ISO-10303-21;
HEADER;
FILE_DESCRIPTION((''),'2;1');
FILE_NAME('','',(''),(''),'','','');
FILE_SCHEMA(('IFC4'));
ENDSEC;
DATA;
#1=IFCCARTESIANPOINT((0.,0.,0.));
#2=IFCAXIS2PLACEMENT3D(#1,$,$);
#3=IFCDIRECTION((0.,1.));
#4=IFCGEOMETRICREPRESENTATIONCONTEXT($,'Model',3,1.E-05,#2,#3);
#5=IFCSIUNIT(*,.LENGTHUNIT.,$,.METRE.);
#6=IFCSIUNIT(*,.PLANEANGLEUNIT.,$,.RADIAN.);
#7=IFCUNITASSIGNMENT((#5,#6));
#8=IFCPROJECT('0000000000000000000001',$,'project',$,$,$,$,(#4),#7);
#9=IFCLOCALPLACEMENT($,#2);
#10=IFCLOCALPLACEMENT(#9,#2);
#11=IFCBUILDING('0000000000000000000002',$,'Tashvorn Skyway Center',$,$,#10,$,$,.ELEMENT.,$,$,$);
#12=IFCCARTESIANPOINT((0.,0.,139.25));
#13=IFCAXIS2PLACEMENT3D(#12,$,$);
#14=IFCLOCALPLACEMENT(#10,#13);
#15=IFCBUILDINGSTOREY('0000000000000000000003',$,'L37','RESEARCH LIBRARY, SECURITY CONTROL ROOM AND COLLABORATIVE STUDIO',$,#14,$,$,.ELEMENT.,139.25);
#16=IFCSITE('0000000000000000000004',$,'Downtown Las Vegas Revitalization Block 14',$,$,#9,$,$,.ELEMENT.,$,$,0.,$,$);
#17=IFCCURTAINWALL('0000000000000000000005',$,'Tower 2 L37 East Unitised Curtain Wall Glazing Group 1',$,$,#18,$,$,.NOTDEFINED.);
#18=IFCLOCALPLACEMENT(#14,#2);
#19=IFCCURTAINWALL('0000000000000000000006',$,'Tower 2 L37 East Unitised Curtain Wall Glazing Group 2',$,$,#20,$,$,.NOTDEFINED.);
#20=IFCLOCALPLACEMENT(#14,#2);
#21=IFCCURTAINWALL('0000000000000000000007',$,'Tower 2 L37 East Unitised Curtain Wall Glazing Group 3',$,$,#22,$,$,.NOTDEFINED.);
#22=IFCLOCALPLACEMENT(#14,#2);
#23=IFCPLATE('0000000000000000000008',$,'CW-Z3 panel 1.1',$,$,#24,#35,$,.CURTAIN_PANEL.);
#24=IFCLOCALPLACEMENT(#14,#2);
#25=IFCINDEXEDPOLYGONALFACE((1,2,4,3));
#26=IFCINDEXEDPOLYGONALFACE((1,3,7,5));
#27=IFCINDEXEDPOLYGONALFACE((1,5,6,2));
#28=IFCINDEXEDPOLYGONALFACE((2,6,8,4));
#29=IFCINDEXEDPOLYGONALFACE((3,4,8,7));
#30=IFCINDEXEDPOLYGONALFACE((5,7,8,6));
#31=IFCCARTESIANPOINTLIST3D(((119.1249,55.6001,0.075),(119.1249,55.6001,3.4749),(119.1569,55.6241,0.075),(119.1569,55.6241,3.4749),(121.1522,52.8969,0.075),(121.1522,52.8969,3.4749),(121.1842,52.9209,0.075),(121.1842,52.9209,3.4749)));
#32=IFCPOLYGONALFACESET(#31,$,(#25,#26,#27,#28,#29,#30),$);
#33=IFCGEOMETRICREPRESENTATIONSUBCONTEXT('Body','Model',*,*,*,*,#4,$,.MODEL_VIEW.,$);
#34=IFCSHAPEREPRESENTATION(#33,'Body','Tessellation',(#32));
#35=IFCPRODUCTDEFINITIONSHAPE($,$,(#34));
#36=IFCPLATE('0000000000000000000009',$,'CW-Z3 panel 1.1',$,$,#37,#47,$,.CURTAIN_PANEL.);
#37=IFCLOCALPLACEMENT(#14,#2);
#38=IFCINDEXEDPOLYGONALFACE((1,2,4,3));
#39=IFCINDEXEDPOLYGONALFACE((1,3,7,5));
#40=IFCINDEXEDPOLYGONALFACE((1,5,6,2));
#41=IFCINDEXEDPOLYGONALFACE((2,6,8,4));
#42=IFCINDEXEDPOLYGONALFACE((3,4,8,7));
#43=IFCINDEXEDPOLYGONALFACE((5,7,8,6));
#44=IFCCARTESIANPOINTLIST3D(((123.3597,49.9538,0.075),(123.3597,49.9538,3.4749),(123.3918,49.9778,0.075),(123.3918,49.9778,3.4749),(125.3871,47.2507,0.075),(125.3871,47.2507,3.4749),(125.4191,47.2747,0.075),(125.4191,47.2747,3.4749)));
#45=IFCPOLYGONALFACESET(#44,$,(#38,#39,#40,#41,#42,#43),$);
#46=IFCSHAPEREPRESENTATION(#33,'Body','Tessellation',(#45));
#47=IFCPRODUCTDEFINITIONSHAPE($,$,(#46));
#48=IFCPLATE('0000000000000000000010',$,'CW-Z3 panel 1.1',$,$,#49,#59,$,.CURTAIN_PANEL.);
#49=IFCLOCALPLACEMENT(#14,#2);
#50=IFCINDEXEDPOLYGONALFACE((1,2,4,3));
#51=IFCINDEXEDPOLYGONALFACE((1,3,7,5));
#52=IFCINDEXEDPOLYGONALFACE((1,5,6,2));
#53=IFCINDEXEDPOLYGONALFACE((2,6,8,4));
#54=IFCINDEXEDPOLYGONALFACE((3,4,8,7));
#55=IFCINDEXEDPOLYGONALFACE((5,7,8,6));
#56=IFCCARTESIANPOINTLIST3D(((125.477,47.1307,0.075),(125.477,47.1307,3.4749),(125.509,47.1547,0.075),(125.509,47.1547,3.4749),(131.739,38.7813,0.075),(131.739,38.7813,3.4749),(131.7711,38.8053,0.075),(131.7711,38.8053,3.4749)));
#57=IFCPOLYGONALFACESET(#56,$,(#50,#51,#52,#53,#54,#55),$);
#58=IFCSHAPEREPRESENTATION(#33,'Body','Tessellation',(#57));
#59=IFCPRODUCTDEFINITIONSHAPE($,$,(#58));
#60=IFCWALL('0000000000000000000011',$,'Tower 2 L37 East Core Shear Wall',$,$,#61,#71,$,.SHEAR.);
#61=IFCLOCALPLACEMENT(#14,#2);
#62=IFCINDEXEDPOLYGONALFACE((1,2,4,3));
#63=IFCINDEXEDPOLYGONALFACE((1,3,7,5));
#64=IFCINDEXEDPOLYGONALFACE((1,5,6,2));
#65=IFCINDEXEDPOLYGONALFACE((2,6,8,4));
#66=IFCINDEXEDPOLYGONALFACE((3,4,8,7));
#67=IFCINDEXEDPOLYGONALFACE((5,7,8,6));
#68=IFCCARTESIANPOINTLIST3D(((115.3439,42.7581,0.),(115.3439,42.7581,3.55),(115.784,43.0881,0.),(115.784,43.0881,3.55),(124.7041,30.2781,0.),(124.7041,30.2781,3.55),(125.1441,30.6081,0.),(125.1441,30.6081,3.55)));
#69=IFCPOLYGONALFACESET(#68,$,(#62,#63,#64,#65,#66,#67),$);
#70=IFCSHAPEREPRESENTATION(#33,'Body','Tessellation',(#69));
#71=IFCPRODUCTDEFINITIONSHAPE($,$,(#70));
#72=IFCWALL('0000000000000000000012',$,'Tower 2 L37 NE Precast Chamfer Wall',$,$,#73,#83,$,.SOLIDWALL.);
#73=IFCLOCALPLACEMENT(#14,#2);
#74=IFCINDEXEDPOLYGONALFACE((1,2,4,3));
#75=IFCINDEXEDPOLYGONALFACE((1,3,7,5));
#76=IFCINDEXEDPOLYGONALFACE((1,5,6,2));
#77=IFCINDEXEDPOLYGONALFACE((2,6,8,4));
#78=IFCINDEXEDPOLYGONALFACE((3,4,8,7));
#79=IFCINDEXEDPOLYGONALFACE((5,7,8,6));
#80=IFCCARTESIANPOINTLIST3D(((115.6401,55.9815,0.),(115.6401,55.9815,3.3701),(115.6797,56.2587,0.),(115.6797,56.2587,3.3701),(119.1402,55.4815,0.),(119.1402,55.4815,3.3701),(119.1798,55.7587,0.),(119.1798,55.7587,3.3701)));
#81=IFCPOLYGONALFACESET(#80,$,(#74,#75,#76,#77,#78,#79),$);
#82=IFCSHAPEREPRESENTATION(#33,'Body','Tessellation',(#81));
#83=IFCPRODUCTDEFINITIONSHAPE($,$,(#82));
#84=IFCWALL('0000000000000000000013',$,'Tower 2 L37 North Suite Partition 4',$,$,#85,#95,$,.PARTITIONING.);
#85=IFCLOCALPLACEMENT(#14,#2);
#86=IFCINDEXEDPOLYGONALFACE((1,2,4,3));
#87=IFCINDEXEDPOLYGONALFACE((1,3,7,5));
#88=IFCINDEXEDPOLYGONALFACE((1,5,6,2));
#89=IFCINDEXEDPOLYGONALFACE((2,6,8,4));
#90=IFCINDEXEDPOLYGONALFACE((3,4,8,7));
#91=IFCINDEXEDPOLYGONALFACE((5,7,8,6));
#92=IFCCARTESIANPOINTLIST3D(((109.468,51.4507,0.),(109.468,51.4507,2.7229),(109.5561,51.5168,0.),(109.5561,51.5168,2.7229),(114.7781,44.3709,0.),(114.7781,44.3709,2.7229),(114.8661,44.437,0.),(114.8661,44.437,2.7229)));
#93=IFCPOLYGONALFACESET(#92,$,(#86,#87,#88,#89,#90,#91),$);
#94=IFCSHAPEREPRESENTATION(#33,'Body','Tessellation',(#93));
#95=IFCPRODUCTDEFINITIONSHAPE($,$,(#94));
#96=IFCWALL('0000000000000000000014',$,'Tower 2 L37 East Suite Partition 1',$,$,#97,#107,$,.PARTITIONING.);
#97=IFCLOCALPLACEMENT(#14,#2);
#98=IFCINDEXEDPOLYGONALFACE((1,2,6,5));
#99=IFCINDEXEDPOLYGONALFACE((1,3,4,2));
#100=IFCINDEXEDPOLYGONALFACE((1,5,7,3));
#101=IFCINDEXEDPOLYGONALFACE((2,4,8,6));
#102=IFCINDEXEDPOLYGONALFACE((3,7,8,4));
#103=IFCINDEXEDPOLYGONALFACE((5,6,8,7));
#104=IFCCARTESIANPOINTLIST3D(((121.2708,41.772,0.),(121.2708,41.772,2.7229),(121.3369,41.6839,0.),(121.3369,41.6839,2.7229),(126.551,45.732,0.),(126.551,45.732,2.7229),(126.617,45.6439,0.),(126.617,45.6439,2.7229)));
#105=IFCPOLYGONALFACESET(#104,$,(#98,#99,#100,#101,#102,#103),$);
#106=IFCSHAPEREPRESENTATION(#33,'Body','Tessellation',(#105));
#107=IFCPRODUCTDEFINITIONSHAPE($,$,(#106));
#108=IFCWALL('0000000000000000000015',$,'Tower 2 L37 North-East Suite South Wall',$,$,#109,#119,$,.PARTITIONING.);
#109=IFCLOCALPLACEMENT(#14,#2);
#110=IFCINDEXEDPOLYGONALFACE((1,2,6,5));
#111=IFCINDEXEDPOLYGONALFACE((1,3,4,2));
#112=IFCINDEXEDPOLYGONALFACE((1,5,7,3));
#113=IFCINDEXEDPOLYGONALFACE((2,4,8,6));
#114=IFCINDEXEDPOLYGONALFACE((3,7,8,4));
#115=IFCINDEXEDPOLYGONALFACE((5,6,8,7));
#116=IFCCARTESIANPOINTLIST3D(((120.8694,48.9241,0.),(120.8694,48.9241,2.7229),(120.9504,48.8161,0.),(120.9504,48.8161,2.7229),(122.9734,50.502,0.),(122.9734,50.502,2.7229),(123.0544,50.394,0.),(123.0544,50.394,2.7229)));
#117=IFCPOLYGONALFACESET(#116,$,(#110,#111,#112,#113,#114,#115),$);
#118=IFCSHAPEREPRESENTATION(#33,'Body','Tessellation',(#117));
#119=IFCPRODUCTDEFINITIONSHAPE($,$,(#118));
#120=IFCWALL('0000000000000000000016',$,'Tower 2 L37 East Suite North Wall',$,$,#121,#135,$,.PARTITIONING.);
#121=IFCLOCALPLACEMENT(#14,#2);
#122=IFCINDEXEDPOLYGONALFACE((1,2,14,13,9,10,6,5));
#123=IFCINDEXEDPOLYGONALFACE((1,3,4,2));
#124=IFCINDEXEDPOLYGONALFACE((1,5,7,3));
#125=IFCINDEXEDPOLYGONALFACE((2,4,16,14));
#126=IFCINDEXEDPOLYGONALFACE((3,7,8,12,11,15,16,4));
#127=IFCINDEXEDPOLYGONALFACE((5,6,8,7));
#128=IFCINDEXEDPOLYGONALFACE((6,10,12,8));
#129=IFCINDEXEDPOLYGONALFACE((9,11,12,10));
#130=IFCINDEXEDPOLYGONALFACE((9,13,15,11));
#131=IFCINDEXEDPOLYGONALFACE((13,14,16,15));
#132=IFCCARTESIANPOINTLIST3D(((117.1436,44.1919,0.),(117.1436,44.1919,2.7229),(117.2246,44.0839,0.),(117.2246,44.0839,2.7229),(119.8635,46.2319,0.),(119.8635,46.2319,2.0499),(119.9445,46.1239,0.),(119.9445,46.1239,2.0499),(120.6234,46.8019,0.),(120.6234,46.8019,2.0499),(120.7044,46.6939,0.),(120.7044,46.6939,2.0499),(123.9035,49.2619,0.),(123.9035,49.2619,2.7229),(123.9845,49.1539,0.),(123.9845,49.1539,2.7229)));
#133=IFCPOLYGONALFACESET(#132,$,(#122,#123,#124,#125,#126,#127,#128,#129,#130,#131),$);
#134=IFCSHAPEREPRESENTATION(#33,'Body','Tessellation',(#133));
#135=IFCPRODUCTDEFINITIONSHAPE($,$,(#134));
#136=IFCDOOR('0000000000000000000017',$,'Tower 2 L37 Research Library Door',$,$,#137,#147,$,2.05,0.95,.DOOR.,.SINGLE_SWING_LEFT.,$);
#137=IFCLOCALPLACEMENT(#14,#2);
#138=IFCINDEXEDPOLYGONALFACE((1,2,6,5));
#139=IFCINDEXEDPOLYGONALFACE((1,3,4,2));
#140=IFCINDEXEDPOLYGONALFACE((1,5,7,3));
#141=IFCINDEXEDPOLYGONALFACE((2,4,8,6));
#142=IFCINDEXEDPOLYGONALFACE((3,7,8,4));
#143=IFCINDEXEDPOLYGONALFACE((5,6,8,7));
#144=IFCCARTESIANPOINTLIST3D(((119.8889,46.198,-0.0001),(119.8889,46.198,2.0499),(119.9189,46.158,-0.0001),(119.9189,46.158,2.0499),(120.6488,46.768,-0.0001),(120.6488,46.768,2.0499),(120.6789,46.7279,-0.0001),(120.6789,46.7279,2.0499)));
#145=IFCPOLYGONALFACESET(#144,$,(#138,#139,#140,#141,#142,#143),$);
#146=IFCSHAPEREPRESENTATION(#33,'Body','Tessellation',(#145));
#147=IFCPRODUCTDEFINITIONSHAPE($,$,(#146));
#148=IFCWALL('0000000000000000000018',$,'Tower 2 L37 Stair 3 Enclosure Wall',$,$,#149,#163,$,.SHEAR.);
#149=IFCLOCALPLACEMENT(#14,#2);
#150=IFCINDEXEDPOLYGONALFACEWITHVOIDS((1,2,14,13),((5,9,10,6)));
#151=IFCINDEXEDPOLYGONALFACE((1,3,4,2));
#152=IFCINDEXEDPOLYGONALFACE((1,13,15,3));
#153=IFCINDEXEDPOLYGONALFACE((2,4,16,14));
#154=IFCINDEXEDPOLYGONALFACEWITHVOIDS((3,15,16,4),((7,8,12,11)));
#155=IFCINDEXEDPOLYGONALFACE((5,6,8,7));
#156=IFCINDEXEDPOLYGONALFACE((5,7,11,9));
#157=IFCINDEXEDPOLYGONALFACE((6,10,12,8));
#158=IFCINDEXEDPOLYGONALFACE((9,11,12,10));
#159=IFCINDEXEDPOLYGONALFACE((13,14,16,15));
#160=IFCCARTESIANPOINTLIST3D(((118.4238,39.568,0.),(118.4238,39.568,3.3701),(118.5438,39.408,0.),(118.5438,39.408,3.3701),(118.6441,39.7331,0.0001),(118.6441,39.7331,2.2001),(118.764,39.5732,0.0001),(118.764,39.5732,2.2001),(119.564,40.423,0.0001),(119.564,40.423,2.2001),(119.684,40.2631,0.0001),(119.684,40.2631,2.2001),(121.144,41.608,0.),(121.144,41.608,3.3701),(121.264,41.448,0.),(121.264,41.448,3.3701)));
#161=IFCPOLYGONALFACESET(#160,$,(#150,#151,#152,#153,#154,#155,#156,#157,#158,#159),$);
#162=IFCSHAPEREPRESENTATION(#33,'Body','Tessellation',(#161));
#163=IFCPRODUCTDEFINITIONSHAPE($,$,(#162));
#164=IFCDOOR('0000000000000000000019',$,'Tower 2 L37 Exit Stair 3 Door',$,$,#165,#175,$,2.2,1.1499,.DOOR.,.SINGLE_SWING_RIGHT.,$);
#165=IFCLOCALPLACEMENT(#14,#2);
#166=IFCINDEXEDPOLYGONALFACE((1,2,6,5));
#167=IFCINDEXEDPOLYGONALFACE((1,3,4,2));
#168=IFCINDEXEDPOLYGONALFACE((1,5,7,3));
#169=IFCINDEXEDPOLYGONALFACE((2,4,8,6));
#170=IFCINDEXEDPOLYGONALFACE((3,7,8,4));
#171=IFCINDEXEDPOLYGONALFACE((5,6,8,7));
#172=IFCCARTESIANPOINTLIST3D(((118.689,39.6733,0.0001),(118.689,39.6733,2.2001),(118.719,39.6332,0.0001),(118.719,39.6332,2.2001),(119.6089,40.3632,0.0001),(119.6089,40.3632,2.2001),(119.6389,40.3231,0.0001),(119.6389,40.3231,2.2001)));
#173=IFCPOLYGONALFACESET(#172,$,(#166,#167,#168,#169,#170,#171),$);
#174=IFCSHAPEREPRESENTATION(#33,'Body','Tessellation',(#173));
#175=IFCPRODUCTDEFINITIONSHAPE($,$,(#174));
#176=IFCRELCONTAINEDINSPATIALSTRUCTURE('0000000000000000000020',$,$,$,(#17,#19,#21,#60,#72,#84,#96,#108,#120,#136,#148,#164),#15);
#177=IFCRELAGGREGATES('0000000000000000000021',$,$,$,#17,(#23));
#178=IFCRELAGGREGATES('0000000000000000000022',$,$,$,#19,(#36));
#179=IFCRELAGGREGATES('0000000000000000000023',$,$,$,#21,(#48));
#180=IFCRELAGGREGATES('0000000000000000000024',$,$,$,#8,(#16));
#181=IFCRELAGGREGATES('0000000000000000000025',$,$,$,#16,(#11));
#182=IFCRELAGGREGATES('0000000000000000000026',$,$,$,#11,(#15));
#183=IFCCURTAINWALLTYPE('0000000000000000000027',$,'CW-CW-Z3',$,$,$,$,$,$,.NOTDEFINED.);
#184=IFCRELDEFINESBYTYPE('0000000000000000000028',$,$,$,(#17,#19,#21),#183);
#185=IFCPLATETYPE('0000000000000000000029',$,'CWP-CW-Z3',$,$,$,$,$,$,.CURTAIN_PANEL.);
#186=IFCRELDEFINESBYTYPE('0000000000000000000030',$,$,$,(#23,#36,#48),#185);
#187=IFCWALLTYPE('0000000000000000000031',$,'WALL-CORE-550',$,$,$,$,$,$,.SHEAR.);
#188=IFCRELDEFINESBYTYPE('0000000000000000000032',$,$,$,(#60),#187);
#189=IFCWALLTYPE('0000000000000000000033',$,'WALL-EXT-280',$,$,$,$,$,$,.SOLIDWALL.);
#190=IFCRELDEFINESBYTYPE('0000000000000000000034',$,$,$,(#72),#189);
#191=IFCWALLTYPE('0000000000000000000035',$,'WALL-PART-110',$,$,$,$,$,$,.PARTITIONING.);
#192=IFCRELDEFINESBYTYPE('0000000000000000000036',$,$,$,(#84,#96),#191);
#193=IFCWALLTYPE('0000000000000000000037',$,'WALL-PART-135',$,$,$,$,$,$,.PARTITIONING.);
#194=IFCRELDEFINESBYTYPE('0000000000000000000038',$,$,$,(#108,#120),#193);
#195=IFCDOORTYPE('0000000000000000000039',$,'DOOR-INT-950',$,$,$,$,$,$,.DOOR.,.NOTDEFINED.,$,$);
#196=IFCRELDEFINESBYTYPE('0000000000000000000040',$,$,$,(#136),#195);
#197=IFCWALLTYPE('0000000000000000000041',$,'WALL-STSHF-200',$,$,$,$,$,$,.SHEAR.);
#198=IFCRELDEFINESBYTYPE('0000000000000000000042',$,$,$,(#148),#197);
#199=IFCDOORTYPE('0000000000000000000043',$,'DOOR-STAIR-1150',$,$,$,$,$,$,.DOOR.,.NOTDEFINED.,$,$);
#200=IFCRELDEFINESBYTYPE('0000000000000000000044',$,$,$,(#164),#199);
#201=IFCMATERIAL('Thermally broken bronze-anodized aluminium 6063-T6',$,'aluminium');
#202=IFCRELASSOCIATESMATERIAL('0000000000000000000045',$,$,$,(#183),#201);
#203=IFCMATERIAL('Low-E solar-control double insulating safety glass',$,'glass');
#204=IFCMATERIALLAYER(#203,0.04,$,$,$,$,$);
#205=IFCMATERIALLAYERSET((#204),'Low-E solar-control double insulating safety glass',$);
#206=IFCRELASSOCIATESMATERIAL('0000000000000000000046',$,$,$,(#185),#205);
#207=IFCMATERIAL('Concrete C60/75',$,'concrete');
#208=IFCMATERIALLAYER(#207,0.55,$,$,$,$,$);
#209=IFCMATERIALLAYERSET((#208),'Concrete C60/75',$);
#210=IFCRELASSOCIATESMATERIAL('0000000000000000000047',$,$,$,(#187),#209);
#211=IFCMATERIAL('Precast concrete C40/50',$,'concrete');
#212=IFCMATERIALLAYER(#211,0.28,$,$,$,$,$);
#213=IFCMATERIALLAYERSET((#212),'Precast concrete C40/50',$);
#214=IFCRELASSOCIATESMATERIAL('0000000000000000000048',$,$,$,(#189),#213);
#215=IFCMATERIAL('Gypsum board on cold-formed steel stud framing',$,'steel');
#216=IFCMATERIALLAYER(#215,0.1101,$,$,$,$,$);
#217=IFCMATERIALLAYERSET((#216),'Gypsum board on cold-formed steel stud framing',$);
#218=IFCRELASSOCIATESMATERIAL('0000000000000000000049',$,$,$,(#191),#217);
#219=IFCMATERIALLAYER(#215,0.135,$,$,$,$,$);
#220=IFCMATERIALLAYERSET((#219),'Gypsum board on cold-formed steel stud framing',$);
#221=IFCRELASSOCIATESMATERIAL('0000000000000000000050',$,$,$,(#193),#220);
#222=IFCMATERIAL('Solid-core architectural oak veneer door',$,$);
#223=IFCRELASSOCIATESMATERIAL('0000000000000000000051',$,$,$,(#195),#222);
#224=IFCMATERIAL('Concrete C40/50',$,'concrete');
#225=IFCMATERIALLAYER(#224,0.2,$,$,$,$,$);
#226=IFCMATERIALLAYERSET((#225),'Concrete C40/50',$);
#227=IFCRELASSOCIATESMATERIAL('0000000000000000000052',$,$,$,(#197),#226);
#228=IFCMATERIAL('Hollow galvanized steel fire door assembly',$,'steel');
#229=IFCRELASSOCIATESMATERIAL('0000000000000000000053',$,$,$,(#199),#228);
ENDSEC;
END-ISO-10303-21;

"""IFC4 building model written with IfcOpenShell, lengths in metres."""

from ifc_helpers import new_model, si_unit, direction, frame, frame_2d, origin, origin_2d, place, context, subcontext, project, spatial, rectangle, extrude, material, layer, layer_set, type_object, element, fill, aggregate, save


model = new_model("IFC4")

# Units and contexts
model_context = context("Model", 3, precision=1e-05, world=origin(), true_north=direction((0.0, 1.0)))
body_context = subcontext(model_context, "Body", "Model", "MODEL_VIEW")
ifc_project = project(units=[si_unit("LENGTHUNIT", "METRE"), si_unit("PLANEANGLEUNIT", "RADIAN")], contexts=[model_context])

# Site, building, storey
site_placement = place(None, origin())
site = spatial("IfcSite", under=ifc_project, at=site_placement, Name="Downtown Las Vegas Revitalization Block 14", CompositionType="ELEMENT", RefElevation=0.0)
building_placement = place(site_placement, origin())
building = spatial("IfcBuilding", under=site, at=building_placement, Name="Tashvorn Skyway Center", CompositionType="ELEMENT")
storey_placement = place(building_placement, frame((0.0, 0.0, 139.25)))
storey = spatial("IfcBuildingStorey", under=building, at=storey_placement, Name="L37", Description="RESEARCH LIBRARY, SECURITY CONTROL ROOM AND COLLABORATIVE STUDIO", CompositionType="ELEMENT", Elevation=139.25)

# Shared definitions
ifc_material_1 = material(Name="Thermally broken bronze-anodized aluminium 6063-T6", Category="aluminium")
curtain_wall_type = type_object("IfcCurtainWallType", Name="CW-CW-Z3", PredefinedType="NOTDEFINED", material=ifc_material_1)

# Curtain walls
curtain_wall_1_placement = place(storey_placement, origin())
curtain_wall_1 = element("IfcCurtainWall", 1, at=curtain_wall_1_placement, inside=storey, type_object=curtain_wall_type, Name="Tower 2 L37 East Unitised Curtain Wall Glazing Group 1", PredefinedType="NOTDEFINED")
curtain_wall_2_placement = place(storey_placement, origin())
curtain_wall_2 = element("IfcCurtainWall", 2, at=curtain_wall_2_placement, inside=storey, type_object=curtain_wall_type, Name="Tower 2 L37 East Unitised Curtain Wall Glazing Group 2", PredefinedType="NOTDEFINED")

# Curtain wall
curtain_wall_3_placement = place(storey_placement, origin())
curtain_wall_3 = element("IfcCurtainWall", 3, at=curtain_wall_3_placement, inside=storey, type_object=curtain_wall_type, Name="Tower 2 L37 East Unitised Curtain Wall Glazing Group 3", PredefinedType="NOTDEFINED")

# Plates
ifc_material_2 = material(Name="Low-E solar-control double insulating safety glass", Category="glass")
ifc_layer_1 = layer(ifc_material_2, 0.04)
ifc_layer_set_1 = layer_set([ifc_layer_1], Name="Low-E solar-control double insulating safety glass")
plate_type = type_object("IfcPlateType", Name="CWP-CW-Z3", PredefinedType="CURTAIN_PANEL", material=ifc_layer_set_1)
plate_1_placement = place(storey_placement, frame((120.1545, 54.2605, 0.075), z_axis=(0.0, 0.0, 1.0), x_axis=(0.599995, -0.800003, 0.0)))
plate_1 = element("IfcPlate", 4, at=plate_1_placement, type_object=plate_type, Name="CW-Z3 panel 1.1", PredefinedType="CURTAIN_PANEL", context=body_context, shape_type="SweptSolid", body=[
    extrude(rectangle(XDim=3.3789, YDim=0.04, at=origin_2d()), origin(), (0.0, 0.0, 1.0), 3.3999),
])
aggregate(curtain_wall_1, [plate_1])
plate_2_placement = place(storey_placement, frame((124.3894, 48.6143, 0.075), z_axis=(0.0, 0.0, 1.0), x_axis=(0.599995, -0.800003, 0.0)))
plate_2 = element("IfcPlate", 5, at=plate_2_placement, type_object=plate_type, Name="CW-Z3 panel 1.1", PredefinedType="CURTAIN_PANEL", context=body_context, shape_type="SweptSolid", body=[
    extrude(rectangle(XDim=3.3789, YDim=0.04, at=origin_2d()), origin(), (0.0, 0.0, 1.0), 3.3999),
])
aggregate(curtain_wall_2, [plate_2])
plate_3_placement = place(storey_placement, frame((128.624, 42.968, 0.075), z_axis=(0.0, 0.0, 1.0), x_axis=(0.599997, -0.800002, 0.0)))
plate_3 = element("IfcPlate", 6, at=plate_3_placement, type_object=plate_type, Name="CW-Z3 panel 1.1", PredefinedType="CURTAIN_PANEL", context=body_context, shape_type="SweptSolid", body=[
    extrude(rectangle(XDim=10.4368, YDim=0.04, at=origin_2d()), origin(), (0.0, 0.0, 1.0), 3.3999),
])
aggregate(curtain_wall_3, [plate_3])

# Walls
ifc_material_3 = material(Name="Concrete C60/75", Category="concrete")
ifc_layer_2 = layer(ifc_material_3, 0.55)
ifc_layer_set_2 = layer_set([ifc_layer_2], Name="Concrete C60/75")
wall_type_1 = type_object("IfcWallType", Name="WALL-CORE-550", PredefinedType="SHEAR", material=ifc_layer_set_2)
wall_1_placement = place(storey_placement, frame((115.564, 42.9231, 0.0), z_axis=(0.0, 0.0, 1.0), x_axis=(0.600005, -0.799996, 0.0)))
element("IfcWall", 7, at=wall_1_placement, inside=storey, type_object=wall_type_1, Name="Tower 2 L37 East Core Shear Wall", PredefinedType="SHEAR", context=body_context, shape_type="SweptSolid", body=[
    extrude(rectangle(XDim=15.6001, YDim=0.55, at=frame_2d((7.8, 0.0))), origin(), (0.0, 0.0, 1.0), 3.55),
])
ifc_material_4 = material(Name="Precast concrete C40/50", Category="concrete")
ifc_layer_3 = layer(ifc_material_4, 0.28)
ifc_layer_set_3 = layer_set([ifc_layer_3], Name="Precast concrete C40/50")
wall_type_2 = type_object("IfcWallType", Name="WALL-EXT-280", PredefinedType="SOLIDWALL", material=ifc_layer_set_3)
wall_2_placement = place(storey_placement, frame((115.6599, 56.1201, 0.0), z_axis=(0.0, 0.0, 1.0), x_axis=(0.989949, -0.141421, 0.0)))
element("IfcWall", 8, at=wall_2_placement, inside=storey, type_object=wall_type_2, Name="Tower 2 L37 NE Precast Chamfer Wall", PredefinedType="SOLIDWALL", context=body_context, shape_type="SweptSolid", body=[
    extrude(rectangle(XDim=3.5356, YDim=0.28, at=frame_2d((1.7678, 0.0))), origin(), (0.0, 0.0, 1.0), 3.3701),
])
ifc_material_5 = material(Name="Gypsum board on cold-formed steel stud framing", Category="steel")
ifc_layer_4 = layer(ifc_material_5, 0.1101)
ifc_layer_set_4 = layer_set([ifc_layer_4], Name="Gypsum board on cold-formed steel stud framing")
wall_type_3 = type_object("IfcWallType", Name="WALL-PART-110", PredefinedType="PARTITIONING", material=ifc_layer_set_4)
wall_3_placement = place(storey_placement, frame((114.822, 44.4041, 0.0), z_axis=(0.0, 0.0, 1.0), x_axis=(-0.600013, 0.79999, 0.0)))
element("IfcWall", 9, at=wall_3_placement, inside=storey, type_object=wall_type_3, Name="Tower 2 L37 North Suite Partition 4", PredefinedType="PARTITIONING", context=body_context, shape_type="SweptSolid", body=[
    extrude(rectangle(XDim=8.8499, YDim=0.1101, at=frame_2d((4.4248, 0.0))), origin(), (0.0, 0.0, 1.0), 2.7229),
])
wall_4_placement = place(storey_placement, frame((126.584, 45.688, 0.0), z_axis=(0.0, 0.0, 1.0), x_axis=(-0.800004, -0.599994, 0.0)))
element("IfcWall", 10, at=wall_4_placement, inside=storey, type_object=wall_type_3, Name="Tower 2 L37 East Suite Partition 1", PredefinedType="PARTITIONING", context=body_context, shape_type="SweptSolid", body=[
    extrude(rectangle(XDim=6.6001, YDim=0.1101, at=frame_2d((3.3, 0.0))), origin(), (0.0, 0.0, 1.0), 2.7229),
])
ifc_layer_5 = layer(ifc_material_5, 0.135)
ifc_layer_set_5 = layer_set([ifc_layer_5], Name="Gypsum board on cold-formed steel stud framing")
wall_type_4 = type_object("IfcWallType", Name="WALL-PART-135", PredefinedType="PARTITIONING", material=ifc_layer_set_5)
wall_5_placement = place(storey_placement, frame((120.9099, 48.8701, 0.0), z_axis=(0.0, 0.0, 1.0), x_axis=(0.800022, 0.59997, 0.0)))
element("IfcWall", 11, at=wall_5_placement, inside=storey, type_object=wall_type_4, Name="Tower 2 L37 North-East Suite South Wall", PredefinedType="PARTITIONING", context=body_context, shape_type="SweptSolid", body=[
    extrude(rectangle(XDim=2.6299, YDim=0.135, at=frame_2d((1.3149, 0.0))), origin(), (0.0, 0.0, 1.0), 2.7229),
])

# Walls, openings, doors
wall_6_placement = place(storey_placement, frame((123.9441, 49.208, 0.0), z_axis=(0.0, 0.0, 1.0), x_axis=(-0.799997, -0.600005, 0.0)))
wall_6 = element("IfcWall", 12, at=wall_6_placement, inside=storey, type_object=wall_type_4, Name="Tower 2 L37 East Suite North Wall", PredefinedType="PARTITIONING", context=body_context, shape_type="SweptSolid", body=[
    extrude(rectangle(XDim=8.45, YDim=0.135, at=frame_2d((4.2251, 0.0))), origin(), (0.0, 0.0, 1.0), 2.7229),
])
opening_1_placement = place(wall_6_placement, frame((4.1001, 0.0, 0.0)))
opening_1 = element("IfcOpeningElement", 13, at=opening_1_placement, cuts=wall_6, PredefinedType="OPENING", context=body_context, shape_type="SweptSolid", body=[
    extrude(rectangle(XDim=0.95, YDim=2.05, at=frame_2d((0.4751, 1.0249))), frame((0.0, 0.0774, 0.0), z_axis=(0.0, -1.0, 0.0), x_axis=(1.0, 0.0, 0.0)), (0.0, 0.0, 1.0), 0.155),
])
ifc_material_6 = material(Name="Solid-core architectural oak veneer door")
door_type_1 = type_object("IfcDoorType", Name="DOOR-INT-950", OperationType="NOTDEFINED", PredefinedType="DOOR", material=ifc_material_6)
door_1_placement = place(opening_1_placement, origin())
door_1 = element("IfcDoor", 14, at=door_1_placement, inside=storey, type_object=door_type_1, Name="Tower 2 L37 Research Library Door", OperationType="SINGLE_SWING_LEFT", OverallHeight=2.05, OverallWidth=0.95, PredefinedType="DOOR", context=body_context, shape_type="SweptSolid", body=[
    extrude(rectangle(XDim=0.95, YDim=2.05, at=frame_2d((0.4751, 1.0249))), frame((0.0, 0.0249, 0.0), z_axis=(0.0, -1.0, 0.0), x_axis=(1.0, 0.0, 0.0)), (0.0, 0.0, 1.0), 0.05),
])
fill(opening_1, door_1)
ifc_material_7 = material(Name="Concrete C40/50", Category="concrete")
ifc_layer_6 = layer(ifc_material_7, 0.2)
ifc_layer_set_6 = layer_set([ifc_layer_6], Name="Concrete C40/50")
wall_type_5 = type_object("IfcWallType", Name="WALL-STSHF-200", PredefinedType="SHEAR", material=ifc_layer_set_6)
wall_7_placement = place(storey_placement, frame((121.2041, 41.5281, 0.0), z_axis=(0.0, 0.0, 1.0), x_axis=(-0.800017, -0.599977, 0.0)))
wall_7 = element("IfcWall", 15, at=wall_7_placement, inside=storey, type_object=wall_type_5, Name="Tower 2 L37 Stair 3 Enclosure Wall", PredefinedType="SHEAR", context=body_context, shape_type="SweptSolid", body=[
    extrude(rectangle(XDim=3.4001, YDim=0.2, at=frame_2d((1.7002, 0.0))), origin(), (0.0, 0.0, 1.0), 3.3701),
])
opening_2_placement = place(wall_7_placement, frame((1.9751, 0.0, 0.0)))
opening_2 = element("IfcOpeningElement", 16, at=opening_2_placement, cuts=wall_7, PredefinedType="OPENING", context=body_context, shape_type="SweptSolid", body=[
    extrude(rectangle(XDim=1.1499, YDim=2.2, at=frame_2d((0.575, 1.1001))), frame((0.0, 0.1099, 0.0), z_axis=(0.0, -1.0, 0.0), x_axis=(1.0, 0.0, 0.0)), (0.0, 0.0, 1.0), 0.22),
])
ifc_material_8 = material(Name="Hollow galvanized steel fire door assembly", Category="steel")
door_type_2 = type_object("IfcDoorType", Name="DOOR-STAIR-1150", OperationType="NOTDEFINED", PredefinedType="DOOR", material=ifc_material_8)
door_2_placement = place(opening_2_placement, origin())
door_2 = element("IfcDoor", 17, at=door_2_placement, inside=storey, type_object=door_type_2, Name="Tower 2 L37 Exit Stair 3 Door", OperationType="SINGLE_SWING_RIGHT", OverallHeight=2.2, OverallWidth=1.1499, PredefinedType="DOOR", context=body_context, shape_type="SweptSolid", body=[
    extrude(rectangle(XDim=1.1499, YDim=2.2, at=frame_2d((0.575, 1.1001))), frame((0.0, 0.0249, 0.0), z_axis=(0.0, -1.0, 0.0), x_axis=(1.0, 0.0, 0.0)), (0.0, 0.0, 1.0), 0.05),
])
fill(opening_2, door_2)

save(model, "model.ifc")
